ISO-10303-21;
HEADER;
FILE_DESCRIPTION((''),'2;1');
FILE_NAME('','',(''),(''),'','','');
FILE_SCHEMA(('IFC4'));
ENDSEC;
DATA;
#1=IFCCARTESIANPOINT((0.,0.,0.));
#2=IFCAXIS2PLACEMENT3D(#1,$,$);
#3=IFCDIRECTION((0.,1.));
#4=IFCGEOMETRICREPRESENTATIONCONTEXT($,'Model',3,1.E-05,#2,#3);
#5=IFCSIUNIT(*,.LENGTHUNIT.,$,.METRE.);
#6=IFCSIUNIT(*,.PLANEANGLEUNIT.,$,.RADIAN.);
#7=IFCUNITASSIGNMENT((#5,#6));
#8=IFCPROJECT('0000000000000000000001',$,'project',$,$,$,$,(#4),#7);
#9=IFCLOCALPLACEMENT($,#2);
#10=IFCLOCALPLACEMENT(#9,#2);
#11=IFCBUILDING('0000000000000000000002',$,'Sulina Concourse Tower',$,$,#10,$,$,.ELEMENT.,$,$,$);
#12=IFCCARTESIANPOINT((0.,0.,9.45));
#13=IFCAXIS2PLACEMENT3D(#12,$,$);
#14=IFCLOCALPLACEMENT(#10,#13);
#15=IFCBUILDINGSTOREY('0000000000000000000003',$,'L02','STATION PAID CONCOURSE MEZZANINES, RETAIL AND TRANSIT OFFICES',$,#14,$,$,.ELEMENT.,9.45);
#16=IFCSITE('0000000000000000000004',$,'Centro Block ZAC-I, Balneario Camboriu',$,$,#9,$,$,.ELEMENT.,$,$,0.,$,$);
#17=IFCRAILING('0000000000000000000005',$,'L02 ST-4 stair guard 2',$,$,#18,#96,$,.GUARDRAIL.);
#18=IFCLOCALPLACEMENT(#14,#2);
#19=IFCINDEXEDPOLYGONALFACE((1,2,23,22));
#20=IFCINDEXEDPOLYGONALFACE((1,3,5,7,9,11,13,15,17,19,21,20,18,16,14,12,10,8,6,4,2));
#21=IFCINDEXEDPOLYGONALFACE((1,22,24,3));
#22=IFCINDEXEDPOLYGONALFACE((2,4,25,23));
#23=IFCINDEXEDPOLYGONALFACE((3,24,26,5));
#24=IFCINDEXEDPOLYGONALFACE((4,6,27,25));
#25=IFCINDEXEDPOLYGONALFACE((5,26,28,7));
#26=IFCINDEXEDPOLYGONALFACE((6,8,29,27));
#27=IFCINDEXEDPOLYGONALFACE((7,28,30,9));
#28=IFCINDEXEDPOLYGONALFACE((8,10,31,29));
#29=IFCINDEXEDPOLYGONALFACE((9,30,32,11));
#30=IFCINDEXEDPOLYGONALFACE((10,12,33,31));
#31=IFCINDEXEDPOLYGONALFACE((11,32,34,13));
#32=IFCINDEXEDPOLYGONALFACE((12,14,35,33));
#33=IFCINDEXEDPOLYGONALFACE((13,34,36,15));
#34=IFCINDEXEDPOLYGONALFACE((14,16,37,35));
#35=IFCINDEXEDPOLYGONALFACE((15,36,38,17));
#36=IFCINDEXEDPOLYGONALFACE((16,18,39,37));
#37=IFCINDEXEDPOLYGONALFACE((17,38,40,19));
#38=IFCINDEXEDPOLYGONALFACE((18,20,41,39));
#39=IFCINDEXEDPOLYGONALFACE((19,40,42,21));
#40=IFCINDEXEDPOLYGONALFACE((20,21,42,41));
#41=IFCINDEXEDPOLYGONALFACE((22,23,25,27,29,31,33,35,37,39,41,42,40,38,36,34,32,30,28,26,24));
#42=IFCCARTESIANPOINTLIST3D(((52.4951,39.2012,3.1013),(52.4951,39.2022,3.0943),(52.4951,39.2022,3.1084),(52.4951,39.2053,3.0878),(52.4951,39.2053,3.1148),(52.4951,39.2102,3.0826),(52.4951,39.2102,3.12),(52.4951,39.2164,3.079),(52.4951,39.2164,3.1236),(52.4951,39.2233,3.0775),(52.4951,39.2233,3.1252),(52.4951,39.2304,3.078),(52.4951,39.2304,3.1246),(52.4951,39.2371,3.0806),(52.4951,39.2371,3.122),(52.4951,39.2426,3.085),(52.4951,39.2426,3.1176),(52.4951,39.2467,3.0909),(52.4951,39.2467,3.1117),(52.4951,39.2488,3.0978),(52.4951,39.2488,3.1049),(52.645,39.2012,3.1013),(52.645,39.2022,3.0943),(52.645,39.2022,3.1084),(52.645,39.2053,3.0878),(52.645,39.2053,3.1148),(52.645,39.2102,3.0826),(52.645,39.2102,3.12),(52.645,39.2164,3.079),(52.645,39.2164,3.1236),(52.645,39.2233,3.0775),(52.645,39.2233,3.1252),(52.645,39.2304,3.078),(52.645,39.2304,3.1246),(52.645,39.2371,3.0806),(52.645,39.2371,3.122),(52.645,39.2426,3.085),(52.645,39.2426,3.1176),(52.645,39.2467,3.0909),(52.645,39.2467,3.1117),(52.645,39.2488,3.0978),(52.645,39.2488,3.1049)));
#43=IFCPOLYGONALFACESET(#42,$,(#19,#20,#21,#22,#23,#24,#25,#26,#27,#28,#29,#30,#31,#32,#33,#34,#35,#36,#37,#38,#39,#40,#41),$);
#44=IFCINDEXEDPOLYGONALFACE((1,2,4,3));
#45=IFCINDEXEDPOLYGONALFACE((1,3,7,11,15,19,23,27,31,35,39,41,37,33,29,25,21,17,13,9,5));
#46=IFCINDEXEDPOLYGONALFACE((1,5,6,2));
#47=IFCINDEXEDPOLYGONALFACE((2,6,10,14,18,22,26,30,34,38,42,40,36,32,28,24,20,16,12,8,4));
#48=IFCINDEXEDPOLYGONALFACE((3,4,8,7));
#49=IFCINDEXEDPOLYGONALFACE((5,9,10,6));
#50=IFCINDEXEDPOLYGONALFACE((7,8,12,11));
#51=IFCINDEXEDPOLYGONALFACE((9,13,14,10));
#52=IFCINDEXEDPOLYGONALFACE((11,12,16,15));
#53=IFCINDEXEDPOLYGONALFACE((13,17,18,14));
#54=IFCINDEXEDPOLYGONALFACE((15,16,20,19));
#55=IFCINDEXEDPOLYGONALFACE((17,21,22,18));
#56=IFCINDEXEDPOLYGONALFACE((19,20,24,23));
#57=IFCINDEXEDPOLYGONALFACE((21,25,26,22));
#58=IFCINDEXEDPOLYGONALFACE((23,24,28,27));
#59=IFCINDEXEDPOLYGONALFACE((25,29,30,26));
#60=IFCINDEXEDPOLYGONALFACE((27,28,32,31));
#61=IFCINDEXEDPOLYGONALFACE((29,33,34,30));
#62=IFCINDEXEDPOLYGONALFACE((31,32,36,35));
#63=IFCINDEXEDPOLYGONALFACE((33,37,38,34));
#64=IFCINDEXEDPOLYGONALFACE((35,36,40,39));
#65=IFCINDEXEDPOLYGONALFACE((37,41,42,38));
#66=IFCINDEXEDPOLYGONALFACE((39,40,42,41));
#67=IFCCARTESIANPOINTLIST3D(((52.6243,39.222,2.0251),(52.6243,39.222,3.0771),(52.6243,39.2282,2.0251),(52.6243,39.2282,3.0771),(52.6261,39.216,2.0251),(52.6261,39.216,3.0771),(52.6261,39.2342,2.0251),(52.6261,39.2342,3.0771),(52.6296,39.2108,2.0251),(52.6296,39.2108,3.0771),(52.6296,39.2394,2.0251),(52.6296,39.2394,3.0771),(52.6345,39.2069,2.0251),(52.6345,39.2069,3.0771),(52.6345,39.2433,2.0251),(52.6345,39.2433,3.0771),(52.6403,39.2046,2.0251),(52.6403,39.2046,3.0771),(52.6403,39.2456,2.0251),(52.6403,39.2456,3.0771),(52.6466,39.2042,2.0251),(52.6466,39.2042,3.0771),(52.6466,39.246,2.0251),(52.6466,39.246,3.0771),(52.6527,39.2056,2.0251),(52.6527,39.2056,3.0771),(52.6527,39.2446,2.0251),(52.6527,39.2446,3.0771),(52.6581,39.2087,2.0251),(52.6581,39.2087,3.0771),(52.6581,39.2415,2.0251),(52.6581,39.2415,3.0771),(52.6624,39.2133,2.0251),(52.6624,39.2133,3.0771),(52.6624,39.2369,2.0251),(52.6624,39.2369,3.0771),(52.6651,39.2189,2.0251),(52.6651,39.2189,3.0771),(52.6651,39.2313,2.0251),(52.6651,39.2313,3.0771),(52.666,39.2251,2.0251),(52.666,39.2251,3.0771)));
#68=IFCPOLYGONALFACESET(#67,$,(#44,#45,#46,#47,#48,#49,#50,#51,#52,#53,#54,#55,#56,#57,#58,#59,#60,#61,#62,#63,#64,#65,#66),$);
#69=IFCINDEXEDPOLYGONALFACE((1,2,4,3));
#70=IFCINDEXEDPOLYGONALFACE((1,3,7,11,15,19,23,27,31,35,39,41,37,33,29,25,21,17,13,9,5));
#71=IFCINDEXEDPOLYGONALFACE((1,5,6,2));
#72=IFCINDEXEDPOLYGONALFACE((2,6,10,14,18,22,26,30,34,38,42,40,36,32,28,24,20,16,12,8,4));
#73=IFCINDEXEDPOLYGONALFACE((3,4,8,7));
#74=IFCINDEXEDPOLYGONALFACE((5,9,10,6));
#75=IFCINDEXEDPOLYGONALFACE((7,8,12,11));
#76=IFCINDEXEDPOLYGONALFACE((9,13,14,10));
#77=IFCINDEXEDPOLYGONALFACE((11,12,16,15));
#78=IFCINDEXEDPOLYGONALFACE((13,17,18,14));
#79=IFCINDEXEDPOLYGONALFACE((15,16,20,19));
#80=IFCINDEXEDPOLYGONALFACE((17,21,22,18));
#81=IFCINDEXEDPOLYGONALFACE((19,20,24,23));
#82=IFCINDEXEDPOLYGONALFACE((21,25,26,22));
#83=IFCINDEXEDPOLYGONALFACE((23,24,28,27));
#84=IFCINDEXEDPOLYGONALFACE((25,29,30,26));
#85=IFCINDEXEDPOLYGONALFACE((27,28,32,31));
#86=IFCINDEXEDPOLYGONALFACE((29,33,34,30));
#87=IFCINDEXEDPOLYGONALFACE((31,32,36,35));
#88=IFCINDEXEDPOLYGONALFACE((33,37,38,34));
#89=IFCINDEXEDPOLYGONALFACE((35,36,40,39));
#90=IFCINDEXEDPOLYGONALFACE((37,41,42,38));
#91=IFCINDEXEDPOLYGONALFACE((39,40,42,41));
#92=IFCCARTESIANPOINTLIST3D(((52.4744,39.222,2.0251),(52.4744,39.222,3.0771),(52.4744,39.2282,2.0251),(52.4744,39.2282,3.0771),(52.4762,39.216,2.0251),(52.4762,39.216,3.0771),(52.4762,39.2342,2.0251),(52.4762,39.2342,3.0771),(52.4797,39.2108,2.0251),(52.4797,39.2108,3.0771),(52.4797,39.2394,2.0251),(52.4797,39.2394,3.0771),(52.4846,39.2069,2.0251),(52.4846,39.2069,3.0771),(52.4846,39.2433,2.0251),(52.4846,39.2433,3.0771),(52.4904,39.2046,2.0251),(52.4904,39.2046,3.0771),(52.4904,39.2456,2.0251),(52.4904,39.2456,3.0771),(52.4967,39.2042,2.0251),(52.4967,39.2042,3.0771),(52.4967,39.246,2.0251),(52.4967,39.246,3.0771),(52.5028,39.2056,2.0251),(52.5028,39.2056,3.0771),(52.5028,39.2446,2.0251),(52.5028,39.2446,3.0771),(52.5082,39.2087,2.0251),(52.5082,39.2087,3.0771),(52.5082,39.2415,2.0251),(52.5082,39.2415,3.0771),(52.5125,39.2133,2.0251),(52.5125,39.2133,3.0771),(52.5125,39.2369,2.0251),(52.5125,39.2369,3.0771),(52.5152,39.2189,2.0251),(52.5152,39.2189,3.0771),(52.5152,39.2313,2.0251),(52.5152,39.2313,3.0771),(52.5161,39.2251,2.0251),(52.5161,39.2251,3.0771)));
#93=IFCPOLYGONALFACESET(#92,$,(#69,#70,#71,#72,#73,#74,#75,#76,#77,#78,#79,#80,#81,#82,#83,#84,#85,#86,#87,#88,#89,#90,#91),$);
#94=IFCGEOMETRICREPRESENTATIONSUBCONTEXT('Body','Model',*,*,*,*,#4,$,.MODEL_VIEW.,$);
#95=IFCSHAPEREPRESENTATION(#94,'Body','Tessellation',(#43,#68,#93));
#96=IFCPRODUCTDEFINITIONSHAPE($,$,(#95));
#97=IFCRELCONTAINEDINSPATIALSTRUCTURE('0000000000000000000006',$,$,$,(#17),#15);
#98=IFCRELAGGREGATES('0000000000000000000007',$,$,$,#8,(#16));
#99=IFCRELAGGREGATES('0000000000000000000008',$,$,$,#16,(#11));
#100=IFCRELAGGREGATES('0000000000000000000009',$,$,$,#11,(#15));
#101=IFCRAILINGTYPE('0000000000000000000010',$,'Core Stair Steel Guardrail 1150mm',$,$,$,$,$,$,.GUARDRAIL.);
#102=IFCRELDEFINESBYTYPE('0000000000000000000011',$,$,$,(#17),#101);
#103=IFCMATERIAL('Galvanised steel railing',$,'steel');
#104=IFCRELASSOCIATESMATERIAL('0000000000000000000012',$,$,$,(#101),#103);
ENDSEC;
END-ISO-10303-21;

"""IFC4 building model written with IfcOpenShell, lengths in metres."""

from ifc_helpers import new_model, si_unit, direction, frame, origin, origin_2d, place, context, subcontext, project, spatial, circle, extrude, material, type_object, element, save


model = new_model("IFC4")

# Units and contexts
model_context = context("Model", 3, precision=1e-05, world=origin(), true_north=direction((0.0, 1.0)))
body_context = subcontext(model_context, "Body", "Model", "MODEL_VIEW")
ifc_project = project(units=[si_unit("LENGTHUNIT", "METRE"), si_unit("PLANEANGLEUNIT", "RADIAN")], contexts=[model_context])

# Site, building, storey
site_placement = place(None, origin())
site = spatial("IfcSite", under=ifc_project, at=site_placement, Name="Centro Block ZAC-I, Balneario Camboriu", CompositionType="ELEMENT", RefElevation=0.0)
building_placement = place(site_placement, origin())
building = spatial("IfcBuilding", under=site, at=building_placement, Name="Sulina Concourse Tower", CompositionType="ELEMENT")
storey_placement = place(building_placement, frame((0.0, 0.0, 9.45)))
storey = spatial("IfcBuildingStorey", under=building, at=storey_placement, Name="L02", Description="STATION PAID CONCOURSE MEZZANINES, RETAIL AND TRANSIT OFFICES", CompositionType="ELEMENT", Elevation=9.45)

# Railing
ifc_material_1 = material(Name="Galvanised steel railing", Category="steel")
railing_type_1 = type_object("IfcRailingType", Name="Core Stair Steel Guardrail 1150mm", PredefinedType="GUARDRAIL", material=ifc_material_1)
railing_1_placement = place(storey_placement, frame((52.645, 39.2251, 2.0251)))
element("IfcRailing", 1, at=railing_1_placement, inside=storey, type_object=railing_type_1, Name="L02 ST-4 stair guard 2", PredefinedType="GUARDRAIL", context=body_context, shape_type="SweptSolid", body=[
    extrude(circle(Radius=0.0239, at=origin_2d()), frame((0.0, 0.0, 1.0762), z_axis=(-1.0, 0.0, 0.0), x_axis=(0.0, -1.0, 0.0)), (0.0, 0.0, 1.0), 0.1499),
    extrude(circle(Radius=0.021, at=origin_2d()), origin(), (0.0, 0.0, 1.0), 1.052),
    extrude(circle(Radius=0.021, at=origin_2d()), frame((-0.1499, 0.0, 0.0)), (0.0, 0.0, 1.0), 1.052),
])

save(model, "model.ifc")
